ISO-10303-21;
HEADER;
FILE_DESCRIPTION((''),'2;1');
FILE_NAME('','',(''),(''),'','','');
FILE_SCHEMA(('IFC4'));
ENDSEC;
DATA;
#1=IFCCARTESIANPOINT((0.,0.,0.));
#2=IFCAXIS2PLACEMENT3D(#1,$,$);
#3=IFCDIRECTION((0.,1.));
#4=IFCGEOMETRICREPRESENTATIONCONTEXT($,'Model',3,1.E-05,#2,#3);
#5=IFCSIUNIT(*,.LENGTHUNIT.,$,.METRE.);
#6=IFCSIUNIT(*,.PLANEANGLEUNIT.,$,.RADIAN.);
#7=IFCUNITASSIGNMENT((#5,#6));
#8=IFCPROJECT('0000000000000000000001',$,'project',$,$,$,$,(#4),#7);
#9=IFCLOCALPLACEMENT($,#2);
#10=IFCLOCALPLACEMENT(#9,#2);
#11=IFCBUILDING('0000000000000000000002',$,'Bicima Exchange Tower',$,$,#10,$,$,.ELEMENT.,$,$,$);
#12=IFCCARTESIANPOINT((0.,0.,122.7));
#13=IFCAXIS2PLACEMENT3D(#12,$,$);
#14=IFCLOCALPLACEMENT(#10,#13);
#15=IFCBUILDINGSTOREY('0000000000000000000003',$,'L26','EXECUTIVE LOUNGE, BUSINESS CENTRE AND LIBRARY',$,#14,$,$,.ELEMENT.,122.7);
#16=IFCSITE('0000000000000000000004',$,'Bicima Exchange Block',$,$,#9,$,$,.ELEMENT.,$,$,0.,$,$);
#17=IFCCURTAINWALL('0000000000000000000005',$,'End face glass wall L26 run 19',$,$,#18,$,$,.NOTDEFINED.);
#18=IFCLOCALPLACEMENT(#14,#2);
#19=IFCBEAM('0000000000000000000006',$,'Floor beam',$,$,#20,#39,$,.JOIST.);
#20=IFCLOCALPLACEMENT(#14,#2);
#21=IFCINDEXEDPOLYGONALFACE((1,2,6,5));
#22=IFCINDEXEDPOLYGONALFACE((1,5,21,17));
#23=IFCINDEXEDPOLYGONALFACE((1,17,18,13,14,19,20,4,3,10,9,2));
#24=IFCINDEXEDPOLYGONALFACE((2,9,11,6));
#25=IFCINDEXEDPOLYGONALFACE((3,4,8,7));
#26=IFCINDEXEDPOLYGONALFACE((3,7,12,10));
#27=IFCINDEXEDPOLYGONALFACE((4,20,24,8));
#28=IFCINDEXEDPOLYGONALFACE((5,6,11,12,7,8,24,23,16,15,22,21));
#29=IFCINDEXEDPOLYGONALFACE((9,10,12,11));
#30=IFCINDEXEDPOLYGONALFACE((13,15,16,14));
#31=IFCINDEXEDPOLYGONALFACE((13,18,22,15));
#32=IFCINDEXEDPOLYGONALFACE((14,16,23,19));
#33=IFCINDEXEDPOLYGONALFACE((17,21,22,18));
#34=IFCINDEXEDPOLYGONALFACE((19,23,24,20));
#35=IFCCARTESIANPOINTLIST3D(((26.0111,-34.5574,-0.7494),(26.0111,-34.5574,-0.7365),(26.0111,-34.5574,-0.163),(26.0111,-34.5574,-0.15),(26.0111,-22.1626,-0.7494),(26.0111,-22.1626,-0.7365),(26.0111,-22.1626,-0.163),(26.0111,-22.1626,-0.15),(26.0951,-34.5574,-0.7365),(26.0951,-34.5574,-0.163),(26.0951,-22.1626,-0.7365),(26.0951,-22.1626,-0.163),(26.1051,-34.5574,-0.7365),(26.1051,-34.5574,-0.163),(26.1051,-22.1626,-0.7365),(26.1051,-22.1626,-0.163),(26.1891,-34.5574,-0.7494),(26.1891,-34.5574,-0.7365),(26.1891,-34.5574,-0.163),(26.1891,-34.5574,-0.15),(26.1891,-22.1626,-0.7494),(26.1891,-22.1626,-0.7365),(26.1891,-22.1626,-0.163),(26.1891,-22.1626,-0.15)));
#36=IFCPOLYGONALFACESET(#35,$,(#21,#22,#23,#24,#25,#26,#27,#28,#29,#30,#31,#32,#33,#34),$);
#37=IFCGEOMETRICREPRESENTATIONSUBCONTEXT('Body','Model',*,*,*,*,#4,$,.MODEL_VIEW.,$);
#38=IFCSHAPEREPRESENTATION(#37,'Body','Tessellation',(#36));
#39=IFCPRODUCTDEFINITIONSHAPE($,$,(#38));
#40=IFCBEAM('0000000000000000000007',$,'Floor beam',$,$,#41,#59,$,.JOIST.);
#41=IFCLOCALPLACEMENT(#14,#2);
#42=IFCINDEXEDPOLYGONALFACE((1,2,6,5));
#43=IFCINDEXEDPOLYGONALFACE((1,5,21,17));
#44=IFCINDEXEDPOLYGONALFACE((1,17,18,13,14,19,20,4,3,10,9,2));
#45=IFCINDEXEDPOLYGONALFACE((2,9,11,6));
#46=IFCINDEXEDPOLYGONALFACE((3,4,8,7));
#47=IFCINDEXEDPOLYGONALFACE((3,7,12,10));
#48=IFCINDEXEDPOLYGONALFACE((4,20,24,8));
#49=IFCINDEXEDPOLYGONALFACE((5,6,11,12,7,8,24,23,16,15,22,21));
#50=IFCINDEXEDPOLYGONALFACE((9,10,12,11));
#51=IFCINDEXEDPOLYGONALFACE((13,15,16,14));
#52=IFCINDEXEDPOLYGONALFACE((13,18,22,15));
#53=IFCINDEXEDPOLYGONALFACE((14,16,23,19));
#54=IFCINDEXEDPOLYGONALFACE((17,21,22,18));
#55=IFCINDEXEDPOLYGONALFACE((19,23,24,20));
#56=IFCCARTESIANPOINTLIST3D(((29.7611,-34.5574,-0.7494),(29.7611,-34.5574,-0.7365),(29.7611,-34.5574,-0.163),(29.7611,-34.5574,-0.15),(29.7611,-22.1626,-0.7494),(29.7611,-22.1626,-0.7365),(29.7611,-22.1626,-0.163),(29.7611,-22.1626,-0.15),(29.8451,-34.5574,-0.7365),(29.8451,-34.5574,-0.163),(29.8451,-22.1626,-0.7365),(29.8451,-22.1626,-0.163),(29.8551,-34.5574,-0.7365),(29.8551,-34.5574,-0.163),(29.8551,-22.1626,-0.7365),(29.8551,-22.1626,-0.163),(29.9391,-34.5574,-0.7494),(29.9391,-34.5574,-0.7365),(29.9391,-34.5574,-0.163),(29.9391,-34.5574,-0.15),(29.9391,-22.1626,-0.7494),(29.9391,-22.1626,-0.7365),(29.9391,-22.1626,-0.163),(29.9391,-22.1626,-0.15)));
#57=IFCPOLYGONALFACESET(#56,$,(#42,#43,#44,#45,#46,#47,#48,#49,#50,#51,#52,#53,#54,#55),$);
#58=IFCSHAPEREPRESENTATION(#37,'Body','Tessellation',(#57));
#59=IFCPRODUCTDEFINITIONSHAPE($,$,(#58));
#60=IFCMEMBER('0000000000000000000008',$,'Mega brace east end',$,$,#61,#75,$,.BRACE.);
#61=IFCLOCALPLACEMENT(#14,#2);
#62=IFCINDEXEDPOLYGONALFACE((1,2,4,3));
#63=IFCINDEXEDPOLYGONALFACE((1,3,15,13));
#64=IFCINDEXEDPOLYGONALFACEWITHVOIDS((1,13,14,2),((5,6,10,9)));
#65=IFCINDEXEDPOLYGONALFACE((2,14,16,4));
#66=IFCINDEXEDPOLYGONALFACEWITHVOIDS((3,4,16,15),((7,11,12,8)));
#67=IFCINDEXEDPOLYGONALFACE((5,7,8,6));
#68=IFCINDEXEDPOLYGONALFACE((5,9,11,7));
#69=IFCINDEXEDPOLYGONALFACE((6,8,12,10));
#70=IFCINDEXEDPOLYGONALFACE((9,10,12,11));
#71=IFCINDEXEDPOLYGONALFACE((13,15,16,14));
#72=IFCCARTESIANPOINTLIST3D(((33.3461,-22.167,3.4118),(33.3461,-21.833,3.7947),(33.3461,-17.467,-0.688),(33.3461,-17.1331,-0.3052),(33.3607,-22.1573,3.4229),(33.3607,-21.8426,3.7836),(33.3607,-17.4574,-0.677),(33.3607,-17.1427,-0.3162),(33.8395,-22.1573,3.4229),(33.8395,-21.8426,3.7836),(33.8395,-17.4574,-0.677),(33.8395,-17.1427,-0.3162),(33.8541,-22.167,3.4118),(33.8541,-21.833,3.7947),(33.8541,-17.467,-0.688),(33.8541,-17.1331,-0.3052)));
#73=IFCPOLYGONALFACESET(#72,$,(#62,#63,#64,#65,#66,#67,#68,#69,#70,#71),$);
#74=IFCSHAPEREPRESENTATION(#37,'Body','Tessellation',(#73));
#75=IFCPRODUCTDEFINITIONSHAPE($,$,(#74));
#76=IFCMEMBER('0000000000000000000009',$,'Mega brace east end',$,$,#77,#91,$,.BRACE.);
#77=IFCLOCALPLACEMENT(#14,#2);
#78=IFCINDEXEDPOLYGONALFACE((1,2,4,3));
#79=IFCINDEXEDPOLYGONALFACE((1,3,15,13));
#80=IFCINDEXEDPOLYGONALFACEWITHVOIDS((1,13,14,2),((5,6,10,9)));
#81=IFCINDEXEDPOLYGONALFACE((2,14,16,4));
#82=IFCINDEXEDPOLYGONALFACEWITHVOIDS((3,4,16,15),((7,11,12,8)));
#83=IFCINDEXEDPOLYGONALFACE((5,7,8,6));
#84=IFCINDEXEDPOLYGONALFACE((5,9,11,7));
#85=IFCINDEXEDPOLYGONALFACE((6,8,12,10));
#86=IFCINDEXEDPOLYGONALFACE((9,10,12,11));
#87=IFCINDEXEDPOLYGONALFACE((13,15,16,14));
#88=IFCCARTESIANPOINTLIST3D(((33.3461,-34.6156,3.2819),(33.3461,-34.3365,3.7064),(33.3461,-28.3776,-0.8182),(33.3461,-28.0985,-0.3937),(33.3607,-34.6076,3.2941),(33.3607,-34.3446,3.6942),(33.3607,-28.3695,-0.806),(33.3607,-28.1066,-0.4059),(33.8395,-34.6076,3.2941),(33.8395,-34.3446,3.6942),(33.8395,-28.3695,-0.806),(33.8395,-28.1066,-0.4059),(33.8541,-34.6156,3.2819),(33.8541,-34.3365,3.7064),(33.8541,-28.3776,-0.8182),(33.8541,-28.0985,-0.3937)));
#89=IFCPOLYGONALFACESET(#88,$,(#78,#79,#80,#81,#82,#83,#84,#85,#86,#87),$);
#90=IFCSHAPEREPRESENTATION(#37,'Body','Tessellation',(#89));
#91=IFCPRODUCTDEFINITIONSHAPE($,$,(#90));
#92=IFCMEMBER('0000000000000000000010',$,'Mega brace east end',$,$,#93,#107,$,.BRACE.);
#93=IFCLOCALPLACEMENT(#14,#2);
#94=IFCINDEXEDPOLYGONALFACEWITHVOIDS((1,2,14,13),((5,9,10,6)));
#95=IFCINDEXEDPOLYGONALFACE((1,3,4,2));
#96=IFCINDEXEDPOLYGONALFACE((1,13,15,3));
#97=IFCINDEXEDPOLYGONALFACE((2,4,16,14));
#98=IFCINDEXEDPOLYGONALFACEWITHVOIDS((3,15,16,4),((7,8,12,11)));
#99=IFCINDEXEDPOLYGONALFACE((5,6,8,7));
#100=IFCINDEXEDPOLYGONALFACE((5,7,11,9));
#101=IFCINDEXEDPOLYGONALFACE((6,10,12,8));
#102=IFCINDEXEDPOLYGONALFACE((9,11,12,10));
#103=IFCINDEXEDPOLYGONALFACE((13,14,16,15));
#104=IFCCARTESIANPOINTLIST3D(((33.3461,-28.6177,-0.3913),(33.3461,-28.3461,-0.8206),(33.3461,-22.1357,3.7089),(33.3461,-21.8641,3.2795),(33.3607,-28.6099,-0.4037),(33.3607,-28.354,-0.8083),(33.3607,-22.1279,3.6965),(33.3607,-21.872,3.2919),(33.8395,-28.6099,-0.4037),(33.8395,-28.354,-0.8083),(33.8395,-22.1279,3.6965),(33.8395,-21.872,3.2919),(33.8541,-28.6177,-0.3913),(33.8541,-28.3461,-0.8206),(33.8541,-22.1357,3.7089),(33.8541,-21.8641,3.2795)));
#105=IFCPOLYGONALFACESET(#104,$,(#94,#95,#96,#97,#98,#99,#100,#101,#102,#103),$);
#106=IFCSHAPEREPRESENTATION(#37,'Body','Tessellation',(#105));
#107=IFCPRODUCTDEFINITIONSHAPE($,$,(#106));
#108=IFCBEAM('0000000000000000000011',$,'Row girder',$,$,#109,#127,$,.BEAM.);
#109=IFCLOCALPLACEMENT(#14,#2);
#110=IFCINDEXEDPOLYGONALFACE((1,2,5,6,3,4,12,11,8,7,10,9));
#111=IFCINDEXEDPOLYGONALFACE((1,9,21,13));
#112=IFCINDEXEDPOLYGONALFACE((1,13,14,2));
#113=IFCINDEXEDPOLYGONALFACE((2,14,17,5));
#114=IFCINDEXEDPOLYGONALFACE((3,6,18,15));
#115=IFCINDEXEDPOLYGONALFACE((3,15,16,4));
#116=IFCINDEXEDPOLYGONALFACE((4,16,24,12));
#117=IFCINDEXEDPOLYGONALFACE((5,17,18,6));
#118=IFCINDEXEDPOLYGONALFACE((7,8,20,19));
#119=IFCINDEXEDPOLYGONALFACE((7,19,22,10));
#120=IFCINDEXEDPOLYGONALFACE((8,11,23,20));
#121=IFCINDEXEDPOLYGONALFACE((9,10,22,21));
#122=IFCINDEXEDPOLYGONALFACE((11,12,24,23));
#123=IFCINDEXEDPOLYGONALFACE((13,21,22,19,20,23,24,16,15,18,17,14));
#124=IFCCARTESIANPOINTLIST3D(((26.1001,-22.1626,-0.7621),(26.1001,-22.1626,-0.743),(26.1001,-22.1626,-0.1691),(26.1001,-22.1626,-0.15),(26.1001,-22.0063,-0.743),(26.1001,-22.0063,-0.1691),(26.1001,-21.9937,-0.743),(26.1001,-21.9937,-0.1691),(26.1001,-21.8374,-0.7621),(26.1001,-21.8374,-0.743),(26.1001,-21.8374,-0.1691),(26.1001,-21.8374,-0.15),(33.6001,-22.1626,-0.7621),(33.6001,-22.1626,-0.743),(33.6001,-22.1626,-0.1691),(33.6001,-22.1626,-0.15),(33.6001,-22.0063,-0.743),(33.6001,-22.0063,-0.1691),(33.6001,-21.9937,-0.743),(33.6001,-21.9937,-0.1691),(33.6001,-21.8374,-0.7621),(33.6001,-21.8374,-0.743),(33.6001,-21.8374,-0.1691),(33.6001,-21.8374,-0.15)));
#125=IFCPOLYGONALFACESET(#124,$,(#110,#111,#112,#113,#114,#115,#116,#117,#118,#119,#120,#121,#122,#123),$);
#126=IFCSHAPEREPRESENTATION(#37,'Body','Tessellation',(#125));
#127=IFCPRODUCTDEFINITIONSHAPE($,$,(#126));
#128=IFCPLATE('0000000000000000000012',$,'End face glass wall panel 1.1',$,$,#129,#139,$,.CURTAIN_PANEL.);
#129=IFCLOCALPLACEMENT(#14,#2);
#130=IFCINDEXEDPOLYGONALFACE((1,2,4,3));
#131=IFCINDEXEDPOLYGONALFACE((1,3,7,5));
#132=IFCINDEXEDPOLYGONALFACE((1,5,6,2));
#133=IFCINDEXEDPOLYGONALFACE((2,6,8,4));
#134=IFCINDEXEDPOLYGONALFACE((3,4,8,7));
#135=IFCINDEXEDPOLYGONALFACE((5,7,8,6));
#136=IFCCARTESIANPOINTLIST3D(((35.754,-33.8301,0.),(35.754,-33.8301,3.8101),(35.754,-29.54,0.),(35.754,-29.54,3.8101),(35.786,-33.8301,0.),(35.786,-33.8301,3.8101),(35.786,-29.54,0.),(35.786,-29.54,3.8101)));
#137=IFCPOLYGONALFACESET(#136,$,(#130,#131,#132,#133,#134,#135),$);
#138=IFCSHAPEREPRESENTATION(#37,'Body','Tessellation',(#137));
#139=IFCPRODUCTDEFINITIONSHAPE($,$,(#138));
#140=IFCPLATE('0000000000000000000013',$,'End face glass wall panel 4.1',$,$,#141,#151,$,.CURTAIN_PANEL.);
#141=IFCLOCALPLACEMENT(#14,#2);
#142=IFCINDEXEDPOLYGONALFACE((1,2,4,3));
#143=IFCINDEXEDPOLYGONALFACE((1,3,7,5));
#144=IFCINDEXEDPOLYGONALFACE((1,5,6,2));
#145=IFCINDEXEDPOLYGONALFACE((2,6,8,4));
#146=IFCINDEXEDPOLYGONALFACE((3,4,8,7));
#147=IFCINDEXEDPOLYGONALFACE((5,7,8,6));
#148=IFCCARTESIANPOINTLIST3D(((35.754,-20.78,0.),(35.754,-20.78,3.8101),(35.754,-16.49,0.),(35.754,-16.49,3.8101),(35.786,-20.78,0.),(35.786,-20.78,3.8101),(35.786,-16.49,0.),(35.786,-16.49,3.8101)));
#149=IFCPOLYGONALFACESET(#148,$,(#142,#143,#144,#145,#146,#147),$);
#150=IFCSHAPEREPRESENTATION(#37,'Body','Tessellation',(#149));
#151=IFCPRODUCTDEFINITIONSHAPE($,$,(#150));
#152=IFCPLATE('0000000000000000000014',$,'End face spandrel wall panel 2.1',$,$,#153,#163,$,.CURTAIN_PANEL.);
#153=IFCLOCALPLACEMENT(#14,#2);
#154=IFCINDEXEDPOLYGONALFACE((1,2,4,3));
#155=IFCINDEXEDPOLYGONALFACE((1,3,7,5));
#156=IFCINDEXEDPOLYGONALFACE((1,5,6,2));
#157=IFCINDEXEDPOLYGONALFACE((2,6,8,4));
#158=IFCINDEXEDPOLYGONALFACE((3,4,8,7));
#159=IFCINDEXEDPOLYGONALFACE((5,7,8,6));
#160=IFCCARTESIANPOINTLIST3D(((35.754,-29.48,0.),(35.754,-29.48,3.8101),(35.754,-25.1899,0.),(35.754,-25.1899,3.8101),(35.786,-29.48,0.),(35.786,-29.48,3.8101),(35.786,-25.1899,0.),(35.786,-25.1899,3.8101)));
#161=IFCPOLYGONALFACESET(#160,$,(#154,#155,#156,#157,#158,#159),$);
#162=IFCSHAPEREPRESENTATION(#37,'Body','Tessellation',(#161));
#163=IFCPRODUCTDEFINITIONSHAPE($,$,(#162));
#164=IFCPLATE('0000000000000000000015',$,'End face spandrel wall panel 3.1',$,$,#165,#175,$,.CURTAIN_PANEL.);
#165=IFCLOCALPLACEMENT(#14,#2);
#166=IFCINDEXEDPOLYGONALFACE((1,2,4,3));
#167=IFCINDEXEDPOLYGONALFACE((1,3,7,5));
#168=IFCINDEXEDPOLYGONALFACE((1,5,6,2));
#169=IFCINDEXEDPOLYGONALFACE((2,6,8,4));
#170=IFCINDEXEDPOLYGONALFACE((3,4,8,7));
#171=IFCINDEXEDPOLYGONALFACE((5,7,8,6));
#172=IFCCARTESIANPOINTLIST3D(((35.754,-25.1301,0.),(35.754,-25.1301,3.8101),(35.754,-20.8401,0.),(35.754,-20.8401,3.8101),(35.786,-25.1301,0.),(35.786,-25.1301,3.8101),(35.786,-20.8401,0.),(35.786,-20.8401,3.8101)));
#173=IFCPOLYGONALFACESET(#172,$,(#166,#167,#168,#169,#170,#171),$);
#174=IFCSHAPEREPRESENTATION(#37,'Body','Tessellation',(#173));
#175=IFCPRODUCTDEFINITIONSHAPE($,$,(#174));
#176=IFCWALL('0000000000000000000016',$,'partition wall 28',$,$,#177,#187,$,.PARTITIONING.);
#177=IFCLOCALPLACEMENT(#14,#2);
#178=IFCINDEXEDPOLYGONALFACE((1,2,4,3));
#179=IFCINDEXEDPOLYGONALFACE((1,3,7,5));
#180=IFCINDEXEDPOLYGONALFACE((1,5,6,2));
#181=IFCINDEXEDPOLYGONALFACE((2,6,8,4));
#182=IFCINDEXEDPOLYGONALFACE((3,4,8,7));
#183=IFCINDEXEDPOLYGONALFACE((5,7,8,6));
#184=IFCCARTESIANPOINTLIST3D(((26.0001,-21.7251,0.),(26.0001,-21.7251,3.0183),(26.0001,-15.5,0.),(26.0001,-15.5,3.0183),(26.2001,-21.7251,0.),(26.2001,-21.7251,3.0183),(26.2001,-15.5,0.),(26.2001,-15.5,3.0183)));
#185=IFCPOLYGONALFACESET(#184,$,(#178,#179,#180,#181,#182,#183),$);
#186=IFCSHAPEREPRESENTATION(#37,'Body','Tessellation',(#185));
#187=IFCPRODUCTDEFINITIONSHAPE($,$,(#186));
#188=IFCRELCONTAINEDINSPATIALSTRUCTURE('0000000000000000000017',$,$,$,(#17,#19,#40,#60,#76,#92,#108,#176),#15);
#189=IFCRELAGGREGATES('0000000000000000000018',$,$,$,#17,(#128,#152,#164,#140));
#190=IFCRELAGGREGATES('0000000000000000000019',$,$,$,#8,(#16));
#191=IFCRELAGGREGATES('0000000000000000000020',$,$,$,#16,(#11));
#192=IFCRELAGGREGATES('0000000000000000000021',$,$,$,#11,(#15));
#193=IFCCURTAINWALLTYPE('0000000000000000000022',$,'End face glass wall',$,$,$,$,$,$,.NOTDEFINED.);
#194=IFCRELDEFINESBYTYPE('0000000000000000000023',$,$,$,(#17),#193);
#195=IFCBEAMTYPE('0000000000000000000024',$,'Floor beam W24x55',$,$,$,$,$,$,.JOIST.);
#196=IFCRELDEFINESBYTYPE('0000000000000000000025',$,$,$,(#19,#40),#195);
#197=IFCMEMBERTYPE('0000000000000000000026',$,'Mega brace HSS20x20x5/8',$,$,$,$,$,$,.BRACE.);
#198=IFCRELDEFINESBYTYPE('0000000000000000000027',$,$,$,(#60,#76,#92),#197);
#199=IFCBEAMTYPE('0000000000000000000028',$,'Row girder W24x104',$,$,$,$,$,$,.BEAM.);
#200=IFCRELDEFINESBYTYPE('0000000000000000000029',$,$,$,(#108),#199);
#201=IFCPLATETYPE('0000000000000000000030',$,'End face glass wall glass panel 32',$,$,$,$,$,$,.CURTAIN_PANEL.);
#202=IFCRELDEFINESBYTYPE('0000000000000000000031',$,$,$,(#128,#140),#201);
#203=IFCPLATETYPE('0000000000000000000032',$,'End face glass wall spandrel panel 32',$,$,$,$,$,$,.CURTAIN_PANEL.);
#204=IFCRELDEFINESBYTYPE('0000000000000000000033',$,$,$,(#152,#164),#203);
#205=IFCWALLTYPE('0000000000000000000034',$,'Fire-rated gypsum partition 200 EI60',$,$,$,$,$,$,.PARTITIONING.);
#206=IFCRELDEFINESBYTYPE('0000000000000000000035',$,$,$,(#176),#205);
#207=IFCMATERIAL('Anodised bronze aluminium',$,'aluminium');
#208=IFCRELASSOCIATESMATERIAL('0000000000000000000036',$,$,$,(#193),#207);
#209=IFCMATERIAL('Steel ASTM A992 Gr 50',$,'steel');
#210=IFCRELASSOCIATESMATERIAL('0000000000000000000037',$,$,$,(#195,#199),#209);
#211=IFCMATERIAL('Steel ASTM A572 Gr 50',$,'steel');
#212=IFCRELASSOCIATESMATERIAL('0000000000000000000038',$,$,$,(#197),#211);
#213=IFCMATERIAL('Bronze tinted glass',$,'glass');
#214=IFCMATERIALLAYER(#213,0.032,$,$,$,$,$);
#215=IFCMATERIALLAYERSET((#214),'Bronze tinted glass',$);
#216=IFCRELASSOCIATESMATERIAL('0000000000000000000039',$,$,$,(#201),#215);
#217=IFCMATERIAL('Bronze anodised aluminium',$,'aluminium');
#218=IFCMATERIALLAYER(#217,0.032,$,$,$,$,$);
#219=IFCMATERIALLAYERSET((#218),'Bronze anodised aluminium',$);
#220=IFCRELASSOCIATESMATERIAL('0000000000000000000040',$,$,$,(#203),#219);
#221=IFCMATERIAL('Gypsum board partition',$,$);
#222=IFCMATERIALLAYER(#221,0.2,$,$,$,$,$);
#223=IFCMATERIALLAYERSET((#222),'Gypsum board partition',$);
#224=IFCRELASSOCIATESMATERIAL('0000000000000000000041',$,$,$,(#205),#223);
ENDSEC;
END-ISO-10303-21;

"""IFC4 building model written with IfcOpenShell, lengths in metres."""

from ifc_helpers import new_model, si_unit, direction, frame, frame_2d, origin, origin_2d, place, context, subcontext, project, spatial, rectangle, hollow_rectangle, i_section, extrude, material, layer, layer_set, material_profile, profile_set, type_object, element, aggregate, save


model = new_model("IFC4")

# Units and contexts
model_context = context("Model", 3, precision=1e-05, world=origin(), true_north=direction((0.0, 1.0)))
body_context = subcontext(model_context, "Body", "Model", "MODEL_VIEW")
ifc_project = project(units=[si_unit("LENGTHUNIT", "METRE"), si_unit("PLANEANGLEUNIT", "RADIAN")], contexts=[model_context])

# Site, building, storey
site_placement = place(None, origin())
site = spatial("IfcSite", under=ifc_project, at=site_placement, Name="Bicima Exchange Block", CompositionType="ELEMENT", RefElevation=0.0)
building_placement = place(site_placement, origin())
building = spatial("IfcBuilding", under=site, at=building_placement, Name="Bicima Exchange Tower", CompositionType="ELEMENT")
storey_placement = place(building_placement, frame((0.0, 0.0, 122.7)))
storey = spatial("IfcBuildingStorey", under=building, at=storey_placement, Name="L26", Description="EXECUTIVE LOUNGE, BUSINESS CENTRE AND LIBRARY", CompositionType="ELEMENT", Elevation=122.7)

# Shared definitions
ifc_material_1 = material(Name="Steel ASTM A992 Gr 50", Category="steel")

# Curtain wall
ifc_material_2 = material(Name="Anodised bronze aluminium", Category="aluminium")
curtain_wall_type = type_object("IfcCurtainWallType", Name="End face glass wall", PredefinedType="NOTDEFINED", material=ifc_material_2)
curtain_wall_placement = place(storey_placement, origin())
curtain_wall = element("IfcCurtainWall", 1, at=curtain_wall_placement, inside=storey, type_object=curtain_wall_type, Name="End face glass wall L26 run 19", PredefinedType="NOTDEFINED")

# Beams
ifc_material_profile_1 = material_profile(ifc_material_1, i_section(OverallWidth=0.178, OverallDepth=0.5994, WebThickness=0.01, FlangeThickness=0.0129, at=origin_2d()))
ifc_profile_set_1 = profile_set([ifc_material_profile_1], Name="Steel ASTM A992 Gr 50")
beam_type_1 = type_object("IfcBeamType", Name="Floor beam W24x55", PredefinedType="JOIST", material=ifc_profile_set_1)
for number, where, z_axis, x_axis, name in (
    (2, (26.1001, -22.1626, -0.4497), (0.0, -1.0, 0.0), (1.0, 0.0, 0.0), "Floor beam"),
    (3, (29.8501, -22.1626, -0.4497), (0.0, -1.0, 0.0), (1.0, 0.0, 0.0), "Floor beam"),
):
    element("IfcBeam", number, at=place(storey_placement, frame(where, z_axis=z_axis, x_axis=x_axis)), inside=storey, type_object=beam_type_1, Name=name, PredefinedType="JOIST", context=body_context, shape_type="SweptSolid", body=[
        extrude(i_section(OverallWidth=0.178, OverallDepth=0.5994, WebThickness=0.01, FlangeThickness=0.0129, at=origin_2d()), origin(), (0.0, 0.0, 1.0), 12.3948),
    ])

# Members
ifc_material_3 = material(Name="Steel ASTM A572 Gr 50", Category="steel")
ifc_material_profile_2 = material_profile(ifc_material_3, hollow_rectangle(XDim=0.5081, YDim=0.5081, WallThickness=0.0146, at=origin_2d()))
ifc_profile_set_2 = profile_set([ifc_material_profile_2], Name="Steel ASTM A572 Gr 50")
member_type_1 = type_object("IfcMemberType", Name="Mega brace HSS20x20x5/8", PredefinedType="BRACE", material=ifc_profile_set_2)
member_1_placement = place(storey_placement, frame((33.6001, -17.3, -0.4966), z_axis=(0.0, -0.753577, 0.657359), x_axis=(1.0, 0.0, 0.0)))
element("IfcMember", 4, at=member_1_placement, inside=storey, type_object=member_type_1, Name="Mega brace east end", PredefinedType="BRACE", context=body_context, shape_type="SweptSolid", body=[
    extrude(hollow_rectangle(XDim=0.5081, YDim=0.5081, WallThickness=0.0146, at=origin_2d()), origin(), (0.0, 0.0, 1.0), 6.2368),
])
member_2_placement = place(storey_placement, frame((33.6001, -28.238, -0.606), z_axis=(0.0, -0.835655, 0.549254), x_axis=(1.0, 0.0, 0.0)))
element("IfcMember", 5, at=member_2_placement, inside=storey, type_object=member_type_1, Name="Mega brace east end", PredefinedType="BRACE", context=body_context, shape_type="SweptSolid", body=[
    extrude(hollow_rectangle(XDim=0.5081, YDim=0.5081, WallThickness=0.0146, at=origin_2d()), origin(), (0.0, 0.0, 1.0), 7.4648),
])
member_3_placement = place(storey_placement, frame((33.6001, -28.4819, -0.606), z_axis=(0.0, 0.845121, 0.534575), x_axis=(-1.0, 0.0, 0.0)))
element("IfcMember", 6, at=member_3_placement, inside=storey, type_object=member_type_1, Name="Mega brace east end", PredefinedType="BRACE", context=body_context, shape_type="SweptSolid", body=[
    extrude(hollow_rectangle(XDim=0.5081, YDim=0.5081, WallThickness=0.0146, at=origin_2d()), origin(), (0.0, 0.0, 1.0), 7.6699),
])

# Beam
ifc_material_profile_3 = material_profile(ifc_material_1, i_section(OverallWidth=0.3252, OverallDepth=0.6121, WebThickness=0.0127, FlangeThickness=0.019, at=origin_2d()))
ifc_profile_set_3 = profile_set([ifc_material_profile_3], Name="Steel ASTM A992 Gr 50")
beam_type_2 = type_object("IfcBeamType", Name="Row girder W24x104", PredefinedType="BEAM", material=ifc_profile_set_3)
beam_1_placement = place(storey_placement, frame((26.1001, -22.0, -0.4561), z_axis=(1.0, 0.0, 0.0), x_axis=(0.0, 1.0, 0.0)))
element("IfcBeam", 7, at=beam_1_placement, inside=storey, type_object=beam_type_2, Name="Row girder", PredefinedType="BEAM", context=body_context, shape_type="SweptSolid", body=[
    extrude(i_section(OverallWidth=0.3252, OverallDepth=0.6121, WebThickness=0.0127, FlangeThickness=0.019, at=origin_2d()), origin(), (0.0, 0.0, 1.0), 7.5),
])

# Plates
ifc_material_4 = material(Name="Bronze tinted glass", Category="glass")
ifc_layer_1 = layer(ifc_material_4, 0.032)
ifc_layer_set_1 = layer_set([ifc_layer_1], Name="Bronze tinted glass")
plate_type_1 = type_object("IfcPlateType", Name="End face glass wall glass panel 32", PredefinedType="CURTAIN_PANEL", material=ifc_layer_set_1)
plate_1_placement = place(storey_placement, frame((35.77, -31.6851, 0.0), z_axis=(0.0, 0.0, 1.0), x_axis=(0.0, 1.0, 0.0)))
plate_1 = element("IfcPlate", 8, at=plate_1_placement, type_object=plate_type_1, Name="End face glass wall panel 1.1", PredefinedType="CURTAIN_PANEL", context=body_context, shape_type="SweptSolid", body=[
    extrude(rectangle(XDim=4.29, YDim=0.032, at=origin_2d()), origin(), (0.0, 0.0, 1.0), 3.8101),
])
plate_2_placement = place(storey_placement, frame((35.77, -18.635, 0.0), z_axis=(0.0, 0.0, 1.0), x_axis=(0.0, 1.0, 0.0)))
plate_2 = element("IfcPlate", 9, at=plate_2_placement, type_object=plate_type_1, Name="End face glass wall panel 4.1", PredefinedType="CURTAIN_PANEL", context=body_context, shape_type="SweptSolid", body=[
    extrude(rectangle(XDim=4.29, YDim=0.032, at=origin_2d()), origin(), (0.0, 0.0, 1.0), 3.8101),
])
ifc_material_5 = material(Name="Bronze anodised aluminium", Category="aluminium")
ifc_layer_2 = layer(ifc_material_5, 0.032)
ifc_layer_set_2 = layer_set([ifc_layer_2], Name="Bronze anodised aluminium")
plate_type_2 = type_object("IfcPlateType", Name="End face glass wall spandrel panel 32", PredefinedType="CURTAIN_PANEL", material=ifc_layer_set_2)
plate_3_placement = place(storey_placement, frame((35.77, -27.335, 0.0), z_axis=(0.0, 0.0, 1.0), x_axis=(0.0, 1.0, 0.0)))
plate_3 = element("IfcPlate", 10, at=plate_3_placement, type_object=plate_type_2, Name="End face spandrel wall panel 2.1", PredefinedType="CURTAIN_PANEL", context=body_context, shape_type="SweptSolid", body=[
    extrude(rectangle(XDim=4.29, YDim=0.032, at=origin_2d()), origin(), (0.0, 0.0, 1.0), 3.8101),
])
plate_4_placement = place(storey_placement, frame((35.77, -22.9851, 0.0), z_axis=(0.0, 0.0, 1.0), x_axis=(0.0, 1.0, 0.0)))
plate_4 = element("IfcPlate", 11, at=plate_4_placement, type_object=plate_type_2, Name="End face spandrel wall panel 3.1", PredefinedType="CURTAIN_PANEL", context=body_context, shape_type="SweptSolid", body=[
    extrude(rectangle(XDim=4.29, YDim=0.032, at=origin_2d()), origin(), (0.0, 0.0, 1.0), 3.8101),
])
aggregate(curtain_wall, [plate_1, plate_3, plate_4, plate_2])

# Wall
ifc_material_6 = material(Name="Gypsum board partition")
ifc_layer_3 = layer(ifc_material_6, 0.2)
ifc_layer_set_3 = layer_set([ifc_layer_3], Name="Gypsum board partition")
wall_type_1 = type_object("IfcWallType", Name="Fire-rated gypsum partition 200 EI60", PredefinedType="PARTITIONING", material=ifc_layer_set_3)
wall_placement = place(storey_placement, frame((26.1001, -21.7251, 0.0), z_axis=(0.0, 0.0, 1.0), x_axis=(0.0, 1.0, 0.0)))
element("IfcWall", 12, at=wall_placement, inside=storey, type_object=wall_type_1, Name="partition wall 28", PredefinedType="PARTITIONING", context=body_context, shape_type="SweptSolid", body=[
    extrude(rectangle(XDim=6.2251, YDim=0.2, at=frame_2d((3.1125, 0.0))), origin(), (0.0, 0.0, 1.0), 3.0183),
])

save(model, "model.ifc")
